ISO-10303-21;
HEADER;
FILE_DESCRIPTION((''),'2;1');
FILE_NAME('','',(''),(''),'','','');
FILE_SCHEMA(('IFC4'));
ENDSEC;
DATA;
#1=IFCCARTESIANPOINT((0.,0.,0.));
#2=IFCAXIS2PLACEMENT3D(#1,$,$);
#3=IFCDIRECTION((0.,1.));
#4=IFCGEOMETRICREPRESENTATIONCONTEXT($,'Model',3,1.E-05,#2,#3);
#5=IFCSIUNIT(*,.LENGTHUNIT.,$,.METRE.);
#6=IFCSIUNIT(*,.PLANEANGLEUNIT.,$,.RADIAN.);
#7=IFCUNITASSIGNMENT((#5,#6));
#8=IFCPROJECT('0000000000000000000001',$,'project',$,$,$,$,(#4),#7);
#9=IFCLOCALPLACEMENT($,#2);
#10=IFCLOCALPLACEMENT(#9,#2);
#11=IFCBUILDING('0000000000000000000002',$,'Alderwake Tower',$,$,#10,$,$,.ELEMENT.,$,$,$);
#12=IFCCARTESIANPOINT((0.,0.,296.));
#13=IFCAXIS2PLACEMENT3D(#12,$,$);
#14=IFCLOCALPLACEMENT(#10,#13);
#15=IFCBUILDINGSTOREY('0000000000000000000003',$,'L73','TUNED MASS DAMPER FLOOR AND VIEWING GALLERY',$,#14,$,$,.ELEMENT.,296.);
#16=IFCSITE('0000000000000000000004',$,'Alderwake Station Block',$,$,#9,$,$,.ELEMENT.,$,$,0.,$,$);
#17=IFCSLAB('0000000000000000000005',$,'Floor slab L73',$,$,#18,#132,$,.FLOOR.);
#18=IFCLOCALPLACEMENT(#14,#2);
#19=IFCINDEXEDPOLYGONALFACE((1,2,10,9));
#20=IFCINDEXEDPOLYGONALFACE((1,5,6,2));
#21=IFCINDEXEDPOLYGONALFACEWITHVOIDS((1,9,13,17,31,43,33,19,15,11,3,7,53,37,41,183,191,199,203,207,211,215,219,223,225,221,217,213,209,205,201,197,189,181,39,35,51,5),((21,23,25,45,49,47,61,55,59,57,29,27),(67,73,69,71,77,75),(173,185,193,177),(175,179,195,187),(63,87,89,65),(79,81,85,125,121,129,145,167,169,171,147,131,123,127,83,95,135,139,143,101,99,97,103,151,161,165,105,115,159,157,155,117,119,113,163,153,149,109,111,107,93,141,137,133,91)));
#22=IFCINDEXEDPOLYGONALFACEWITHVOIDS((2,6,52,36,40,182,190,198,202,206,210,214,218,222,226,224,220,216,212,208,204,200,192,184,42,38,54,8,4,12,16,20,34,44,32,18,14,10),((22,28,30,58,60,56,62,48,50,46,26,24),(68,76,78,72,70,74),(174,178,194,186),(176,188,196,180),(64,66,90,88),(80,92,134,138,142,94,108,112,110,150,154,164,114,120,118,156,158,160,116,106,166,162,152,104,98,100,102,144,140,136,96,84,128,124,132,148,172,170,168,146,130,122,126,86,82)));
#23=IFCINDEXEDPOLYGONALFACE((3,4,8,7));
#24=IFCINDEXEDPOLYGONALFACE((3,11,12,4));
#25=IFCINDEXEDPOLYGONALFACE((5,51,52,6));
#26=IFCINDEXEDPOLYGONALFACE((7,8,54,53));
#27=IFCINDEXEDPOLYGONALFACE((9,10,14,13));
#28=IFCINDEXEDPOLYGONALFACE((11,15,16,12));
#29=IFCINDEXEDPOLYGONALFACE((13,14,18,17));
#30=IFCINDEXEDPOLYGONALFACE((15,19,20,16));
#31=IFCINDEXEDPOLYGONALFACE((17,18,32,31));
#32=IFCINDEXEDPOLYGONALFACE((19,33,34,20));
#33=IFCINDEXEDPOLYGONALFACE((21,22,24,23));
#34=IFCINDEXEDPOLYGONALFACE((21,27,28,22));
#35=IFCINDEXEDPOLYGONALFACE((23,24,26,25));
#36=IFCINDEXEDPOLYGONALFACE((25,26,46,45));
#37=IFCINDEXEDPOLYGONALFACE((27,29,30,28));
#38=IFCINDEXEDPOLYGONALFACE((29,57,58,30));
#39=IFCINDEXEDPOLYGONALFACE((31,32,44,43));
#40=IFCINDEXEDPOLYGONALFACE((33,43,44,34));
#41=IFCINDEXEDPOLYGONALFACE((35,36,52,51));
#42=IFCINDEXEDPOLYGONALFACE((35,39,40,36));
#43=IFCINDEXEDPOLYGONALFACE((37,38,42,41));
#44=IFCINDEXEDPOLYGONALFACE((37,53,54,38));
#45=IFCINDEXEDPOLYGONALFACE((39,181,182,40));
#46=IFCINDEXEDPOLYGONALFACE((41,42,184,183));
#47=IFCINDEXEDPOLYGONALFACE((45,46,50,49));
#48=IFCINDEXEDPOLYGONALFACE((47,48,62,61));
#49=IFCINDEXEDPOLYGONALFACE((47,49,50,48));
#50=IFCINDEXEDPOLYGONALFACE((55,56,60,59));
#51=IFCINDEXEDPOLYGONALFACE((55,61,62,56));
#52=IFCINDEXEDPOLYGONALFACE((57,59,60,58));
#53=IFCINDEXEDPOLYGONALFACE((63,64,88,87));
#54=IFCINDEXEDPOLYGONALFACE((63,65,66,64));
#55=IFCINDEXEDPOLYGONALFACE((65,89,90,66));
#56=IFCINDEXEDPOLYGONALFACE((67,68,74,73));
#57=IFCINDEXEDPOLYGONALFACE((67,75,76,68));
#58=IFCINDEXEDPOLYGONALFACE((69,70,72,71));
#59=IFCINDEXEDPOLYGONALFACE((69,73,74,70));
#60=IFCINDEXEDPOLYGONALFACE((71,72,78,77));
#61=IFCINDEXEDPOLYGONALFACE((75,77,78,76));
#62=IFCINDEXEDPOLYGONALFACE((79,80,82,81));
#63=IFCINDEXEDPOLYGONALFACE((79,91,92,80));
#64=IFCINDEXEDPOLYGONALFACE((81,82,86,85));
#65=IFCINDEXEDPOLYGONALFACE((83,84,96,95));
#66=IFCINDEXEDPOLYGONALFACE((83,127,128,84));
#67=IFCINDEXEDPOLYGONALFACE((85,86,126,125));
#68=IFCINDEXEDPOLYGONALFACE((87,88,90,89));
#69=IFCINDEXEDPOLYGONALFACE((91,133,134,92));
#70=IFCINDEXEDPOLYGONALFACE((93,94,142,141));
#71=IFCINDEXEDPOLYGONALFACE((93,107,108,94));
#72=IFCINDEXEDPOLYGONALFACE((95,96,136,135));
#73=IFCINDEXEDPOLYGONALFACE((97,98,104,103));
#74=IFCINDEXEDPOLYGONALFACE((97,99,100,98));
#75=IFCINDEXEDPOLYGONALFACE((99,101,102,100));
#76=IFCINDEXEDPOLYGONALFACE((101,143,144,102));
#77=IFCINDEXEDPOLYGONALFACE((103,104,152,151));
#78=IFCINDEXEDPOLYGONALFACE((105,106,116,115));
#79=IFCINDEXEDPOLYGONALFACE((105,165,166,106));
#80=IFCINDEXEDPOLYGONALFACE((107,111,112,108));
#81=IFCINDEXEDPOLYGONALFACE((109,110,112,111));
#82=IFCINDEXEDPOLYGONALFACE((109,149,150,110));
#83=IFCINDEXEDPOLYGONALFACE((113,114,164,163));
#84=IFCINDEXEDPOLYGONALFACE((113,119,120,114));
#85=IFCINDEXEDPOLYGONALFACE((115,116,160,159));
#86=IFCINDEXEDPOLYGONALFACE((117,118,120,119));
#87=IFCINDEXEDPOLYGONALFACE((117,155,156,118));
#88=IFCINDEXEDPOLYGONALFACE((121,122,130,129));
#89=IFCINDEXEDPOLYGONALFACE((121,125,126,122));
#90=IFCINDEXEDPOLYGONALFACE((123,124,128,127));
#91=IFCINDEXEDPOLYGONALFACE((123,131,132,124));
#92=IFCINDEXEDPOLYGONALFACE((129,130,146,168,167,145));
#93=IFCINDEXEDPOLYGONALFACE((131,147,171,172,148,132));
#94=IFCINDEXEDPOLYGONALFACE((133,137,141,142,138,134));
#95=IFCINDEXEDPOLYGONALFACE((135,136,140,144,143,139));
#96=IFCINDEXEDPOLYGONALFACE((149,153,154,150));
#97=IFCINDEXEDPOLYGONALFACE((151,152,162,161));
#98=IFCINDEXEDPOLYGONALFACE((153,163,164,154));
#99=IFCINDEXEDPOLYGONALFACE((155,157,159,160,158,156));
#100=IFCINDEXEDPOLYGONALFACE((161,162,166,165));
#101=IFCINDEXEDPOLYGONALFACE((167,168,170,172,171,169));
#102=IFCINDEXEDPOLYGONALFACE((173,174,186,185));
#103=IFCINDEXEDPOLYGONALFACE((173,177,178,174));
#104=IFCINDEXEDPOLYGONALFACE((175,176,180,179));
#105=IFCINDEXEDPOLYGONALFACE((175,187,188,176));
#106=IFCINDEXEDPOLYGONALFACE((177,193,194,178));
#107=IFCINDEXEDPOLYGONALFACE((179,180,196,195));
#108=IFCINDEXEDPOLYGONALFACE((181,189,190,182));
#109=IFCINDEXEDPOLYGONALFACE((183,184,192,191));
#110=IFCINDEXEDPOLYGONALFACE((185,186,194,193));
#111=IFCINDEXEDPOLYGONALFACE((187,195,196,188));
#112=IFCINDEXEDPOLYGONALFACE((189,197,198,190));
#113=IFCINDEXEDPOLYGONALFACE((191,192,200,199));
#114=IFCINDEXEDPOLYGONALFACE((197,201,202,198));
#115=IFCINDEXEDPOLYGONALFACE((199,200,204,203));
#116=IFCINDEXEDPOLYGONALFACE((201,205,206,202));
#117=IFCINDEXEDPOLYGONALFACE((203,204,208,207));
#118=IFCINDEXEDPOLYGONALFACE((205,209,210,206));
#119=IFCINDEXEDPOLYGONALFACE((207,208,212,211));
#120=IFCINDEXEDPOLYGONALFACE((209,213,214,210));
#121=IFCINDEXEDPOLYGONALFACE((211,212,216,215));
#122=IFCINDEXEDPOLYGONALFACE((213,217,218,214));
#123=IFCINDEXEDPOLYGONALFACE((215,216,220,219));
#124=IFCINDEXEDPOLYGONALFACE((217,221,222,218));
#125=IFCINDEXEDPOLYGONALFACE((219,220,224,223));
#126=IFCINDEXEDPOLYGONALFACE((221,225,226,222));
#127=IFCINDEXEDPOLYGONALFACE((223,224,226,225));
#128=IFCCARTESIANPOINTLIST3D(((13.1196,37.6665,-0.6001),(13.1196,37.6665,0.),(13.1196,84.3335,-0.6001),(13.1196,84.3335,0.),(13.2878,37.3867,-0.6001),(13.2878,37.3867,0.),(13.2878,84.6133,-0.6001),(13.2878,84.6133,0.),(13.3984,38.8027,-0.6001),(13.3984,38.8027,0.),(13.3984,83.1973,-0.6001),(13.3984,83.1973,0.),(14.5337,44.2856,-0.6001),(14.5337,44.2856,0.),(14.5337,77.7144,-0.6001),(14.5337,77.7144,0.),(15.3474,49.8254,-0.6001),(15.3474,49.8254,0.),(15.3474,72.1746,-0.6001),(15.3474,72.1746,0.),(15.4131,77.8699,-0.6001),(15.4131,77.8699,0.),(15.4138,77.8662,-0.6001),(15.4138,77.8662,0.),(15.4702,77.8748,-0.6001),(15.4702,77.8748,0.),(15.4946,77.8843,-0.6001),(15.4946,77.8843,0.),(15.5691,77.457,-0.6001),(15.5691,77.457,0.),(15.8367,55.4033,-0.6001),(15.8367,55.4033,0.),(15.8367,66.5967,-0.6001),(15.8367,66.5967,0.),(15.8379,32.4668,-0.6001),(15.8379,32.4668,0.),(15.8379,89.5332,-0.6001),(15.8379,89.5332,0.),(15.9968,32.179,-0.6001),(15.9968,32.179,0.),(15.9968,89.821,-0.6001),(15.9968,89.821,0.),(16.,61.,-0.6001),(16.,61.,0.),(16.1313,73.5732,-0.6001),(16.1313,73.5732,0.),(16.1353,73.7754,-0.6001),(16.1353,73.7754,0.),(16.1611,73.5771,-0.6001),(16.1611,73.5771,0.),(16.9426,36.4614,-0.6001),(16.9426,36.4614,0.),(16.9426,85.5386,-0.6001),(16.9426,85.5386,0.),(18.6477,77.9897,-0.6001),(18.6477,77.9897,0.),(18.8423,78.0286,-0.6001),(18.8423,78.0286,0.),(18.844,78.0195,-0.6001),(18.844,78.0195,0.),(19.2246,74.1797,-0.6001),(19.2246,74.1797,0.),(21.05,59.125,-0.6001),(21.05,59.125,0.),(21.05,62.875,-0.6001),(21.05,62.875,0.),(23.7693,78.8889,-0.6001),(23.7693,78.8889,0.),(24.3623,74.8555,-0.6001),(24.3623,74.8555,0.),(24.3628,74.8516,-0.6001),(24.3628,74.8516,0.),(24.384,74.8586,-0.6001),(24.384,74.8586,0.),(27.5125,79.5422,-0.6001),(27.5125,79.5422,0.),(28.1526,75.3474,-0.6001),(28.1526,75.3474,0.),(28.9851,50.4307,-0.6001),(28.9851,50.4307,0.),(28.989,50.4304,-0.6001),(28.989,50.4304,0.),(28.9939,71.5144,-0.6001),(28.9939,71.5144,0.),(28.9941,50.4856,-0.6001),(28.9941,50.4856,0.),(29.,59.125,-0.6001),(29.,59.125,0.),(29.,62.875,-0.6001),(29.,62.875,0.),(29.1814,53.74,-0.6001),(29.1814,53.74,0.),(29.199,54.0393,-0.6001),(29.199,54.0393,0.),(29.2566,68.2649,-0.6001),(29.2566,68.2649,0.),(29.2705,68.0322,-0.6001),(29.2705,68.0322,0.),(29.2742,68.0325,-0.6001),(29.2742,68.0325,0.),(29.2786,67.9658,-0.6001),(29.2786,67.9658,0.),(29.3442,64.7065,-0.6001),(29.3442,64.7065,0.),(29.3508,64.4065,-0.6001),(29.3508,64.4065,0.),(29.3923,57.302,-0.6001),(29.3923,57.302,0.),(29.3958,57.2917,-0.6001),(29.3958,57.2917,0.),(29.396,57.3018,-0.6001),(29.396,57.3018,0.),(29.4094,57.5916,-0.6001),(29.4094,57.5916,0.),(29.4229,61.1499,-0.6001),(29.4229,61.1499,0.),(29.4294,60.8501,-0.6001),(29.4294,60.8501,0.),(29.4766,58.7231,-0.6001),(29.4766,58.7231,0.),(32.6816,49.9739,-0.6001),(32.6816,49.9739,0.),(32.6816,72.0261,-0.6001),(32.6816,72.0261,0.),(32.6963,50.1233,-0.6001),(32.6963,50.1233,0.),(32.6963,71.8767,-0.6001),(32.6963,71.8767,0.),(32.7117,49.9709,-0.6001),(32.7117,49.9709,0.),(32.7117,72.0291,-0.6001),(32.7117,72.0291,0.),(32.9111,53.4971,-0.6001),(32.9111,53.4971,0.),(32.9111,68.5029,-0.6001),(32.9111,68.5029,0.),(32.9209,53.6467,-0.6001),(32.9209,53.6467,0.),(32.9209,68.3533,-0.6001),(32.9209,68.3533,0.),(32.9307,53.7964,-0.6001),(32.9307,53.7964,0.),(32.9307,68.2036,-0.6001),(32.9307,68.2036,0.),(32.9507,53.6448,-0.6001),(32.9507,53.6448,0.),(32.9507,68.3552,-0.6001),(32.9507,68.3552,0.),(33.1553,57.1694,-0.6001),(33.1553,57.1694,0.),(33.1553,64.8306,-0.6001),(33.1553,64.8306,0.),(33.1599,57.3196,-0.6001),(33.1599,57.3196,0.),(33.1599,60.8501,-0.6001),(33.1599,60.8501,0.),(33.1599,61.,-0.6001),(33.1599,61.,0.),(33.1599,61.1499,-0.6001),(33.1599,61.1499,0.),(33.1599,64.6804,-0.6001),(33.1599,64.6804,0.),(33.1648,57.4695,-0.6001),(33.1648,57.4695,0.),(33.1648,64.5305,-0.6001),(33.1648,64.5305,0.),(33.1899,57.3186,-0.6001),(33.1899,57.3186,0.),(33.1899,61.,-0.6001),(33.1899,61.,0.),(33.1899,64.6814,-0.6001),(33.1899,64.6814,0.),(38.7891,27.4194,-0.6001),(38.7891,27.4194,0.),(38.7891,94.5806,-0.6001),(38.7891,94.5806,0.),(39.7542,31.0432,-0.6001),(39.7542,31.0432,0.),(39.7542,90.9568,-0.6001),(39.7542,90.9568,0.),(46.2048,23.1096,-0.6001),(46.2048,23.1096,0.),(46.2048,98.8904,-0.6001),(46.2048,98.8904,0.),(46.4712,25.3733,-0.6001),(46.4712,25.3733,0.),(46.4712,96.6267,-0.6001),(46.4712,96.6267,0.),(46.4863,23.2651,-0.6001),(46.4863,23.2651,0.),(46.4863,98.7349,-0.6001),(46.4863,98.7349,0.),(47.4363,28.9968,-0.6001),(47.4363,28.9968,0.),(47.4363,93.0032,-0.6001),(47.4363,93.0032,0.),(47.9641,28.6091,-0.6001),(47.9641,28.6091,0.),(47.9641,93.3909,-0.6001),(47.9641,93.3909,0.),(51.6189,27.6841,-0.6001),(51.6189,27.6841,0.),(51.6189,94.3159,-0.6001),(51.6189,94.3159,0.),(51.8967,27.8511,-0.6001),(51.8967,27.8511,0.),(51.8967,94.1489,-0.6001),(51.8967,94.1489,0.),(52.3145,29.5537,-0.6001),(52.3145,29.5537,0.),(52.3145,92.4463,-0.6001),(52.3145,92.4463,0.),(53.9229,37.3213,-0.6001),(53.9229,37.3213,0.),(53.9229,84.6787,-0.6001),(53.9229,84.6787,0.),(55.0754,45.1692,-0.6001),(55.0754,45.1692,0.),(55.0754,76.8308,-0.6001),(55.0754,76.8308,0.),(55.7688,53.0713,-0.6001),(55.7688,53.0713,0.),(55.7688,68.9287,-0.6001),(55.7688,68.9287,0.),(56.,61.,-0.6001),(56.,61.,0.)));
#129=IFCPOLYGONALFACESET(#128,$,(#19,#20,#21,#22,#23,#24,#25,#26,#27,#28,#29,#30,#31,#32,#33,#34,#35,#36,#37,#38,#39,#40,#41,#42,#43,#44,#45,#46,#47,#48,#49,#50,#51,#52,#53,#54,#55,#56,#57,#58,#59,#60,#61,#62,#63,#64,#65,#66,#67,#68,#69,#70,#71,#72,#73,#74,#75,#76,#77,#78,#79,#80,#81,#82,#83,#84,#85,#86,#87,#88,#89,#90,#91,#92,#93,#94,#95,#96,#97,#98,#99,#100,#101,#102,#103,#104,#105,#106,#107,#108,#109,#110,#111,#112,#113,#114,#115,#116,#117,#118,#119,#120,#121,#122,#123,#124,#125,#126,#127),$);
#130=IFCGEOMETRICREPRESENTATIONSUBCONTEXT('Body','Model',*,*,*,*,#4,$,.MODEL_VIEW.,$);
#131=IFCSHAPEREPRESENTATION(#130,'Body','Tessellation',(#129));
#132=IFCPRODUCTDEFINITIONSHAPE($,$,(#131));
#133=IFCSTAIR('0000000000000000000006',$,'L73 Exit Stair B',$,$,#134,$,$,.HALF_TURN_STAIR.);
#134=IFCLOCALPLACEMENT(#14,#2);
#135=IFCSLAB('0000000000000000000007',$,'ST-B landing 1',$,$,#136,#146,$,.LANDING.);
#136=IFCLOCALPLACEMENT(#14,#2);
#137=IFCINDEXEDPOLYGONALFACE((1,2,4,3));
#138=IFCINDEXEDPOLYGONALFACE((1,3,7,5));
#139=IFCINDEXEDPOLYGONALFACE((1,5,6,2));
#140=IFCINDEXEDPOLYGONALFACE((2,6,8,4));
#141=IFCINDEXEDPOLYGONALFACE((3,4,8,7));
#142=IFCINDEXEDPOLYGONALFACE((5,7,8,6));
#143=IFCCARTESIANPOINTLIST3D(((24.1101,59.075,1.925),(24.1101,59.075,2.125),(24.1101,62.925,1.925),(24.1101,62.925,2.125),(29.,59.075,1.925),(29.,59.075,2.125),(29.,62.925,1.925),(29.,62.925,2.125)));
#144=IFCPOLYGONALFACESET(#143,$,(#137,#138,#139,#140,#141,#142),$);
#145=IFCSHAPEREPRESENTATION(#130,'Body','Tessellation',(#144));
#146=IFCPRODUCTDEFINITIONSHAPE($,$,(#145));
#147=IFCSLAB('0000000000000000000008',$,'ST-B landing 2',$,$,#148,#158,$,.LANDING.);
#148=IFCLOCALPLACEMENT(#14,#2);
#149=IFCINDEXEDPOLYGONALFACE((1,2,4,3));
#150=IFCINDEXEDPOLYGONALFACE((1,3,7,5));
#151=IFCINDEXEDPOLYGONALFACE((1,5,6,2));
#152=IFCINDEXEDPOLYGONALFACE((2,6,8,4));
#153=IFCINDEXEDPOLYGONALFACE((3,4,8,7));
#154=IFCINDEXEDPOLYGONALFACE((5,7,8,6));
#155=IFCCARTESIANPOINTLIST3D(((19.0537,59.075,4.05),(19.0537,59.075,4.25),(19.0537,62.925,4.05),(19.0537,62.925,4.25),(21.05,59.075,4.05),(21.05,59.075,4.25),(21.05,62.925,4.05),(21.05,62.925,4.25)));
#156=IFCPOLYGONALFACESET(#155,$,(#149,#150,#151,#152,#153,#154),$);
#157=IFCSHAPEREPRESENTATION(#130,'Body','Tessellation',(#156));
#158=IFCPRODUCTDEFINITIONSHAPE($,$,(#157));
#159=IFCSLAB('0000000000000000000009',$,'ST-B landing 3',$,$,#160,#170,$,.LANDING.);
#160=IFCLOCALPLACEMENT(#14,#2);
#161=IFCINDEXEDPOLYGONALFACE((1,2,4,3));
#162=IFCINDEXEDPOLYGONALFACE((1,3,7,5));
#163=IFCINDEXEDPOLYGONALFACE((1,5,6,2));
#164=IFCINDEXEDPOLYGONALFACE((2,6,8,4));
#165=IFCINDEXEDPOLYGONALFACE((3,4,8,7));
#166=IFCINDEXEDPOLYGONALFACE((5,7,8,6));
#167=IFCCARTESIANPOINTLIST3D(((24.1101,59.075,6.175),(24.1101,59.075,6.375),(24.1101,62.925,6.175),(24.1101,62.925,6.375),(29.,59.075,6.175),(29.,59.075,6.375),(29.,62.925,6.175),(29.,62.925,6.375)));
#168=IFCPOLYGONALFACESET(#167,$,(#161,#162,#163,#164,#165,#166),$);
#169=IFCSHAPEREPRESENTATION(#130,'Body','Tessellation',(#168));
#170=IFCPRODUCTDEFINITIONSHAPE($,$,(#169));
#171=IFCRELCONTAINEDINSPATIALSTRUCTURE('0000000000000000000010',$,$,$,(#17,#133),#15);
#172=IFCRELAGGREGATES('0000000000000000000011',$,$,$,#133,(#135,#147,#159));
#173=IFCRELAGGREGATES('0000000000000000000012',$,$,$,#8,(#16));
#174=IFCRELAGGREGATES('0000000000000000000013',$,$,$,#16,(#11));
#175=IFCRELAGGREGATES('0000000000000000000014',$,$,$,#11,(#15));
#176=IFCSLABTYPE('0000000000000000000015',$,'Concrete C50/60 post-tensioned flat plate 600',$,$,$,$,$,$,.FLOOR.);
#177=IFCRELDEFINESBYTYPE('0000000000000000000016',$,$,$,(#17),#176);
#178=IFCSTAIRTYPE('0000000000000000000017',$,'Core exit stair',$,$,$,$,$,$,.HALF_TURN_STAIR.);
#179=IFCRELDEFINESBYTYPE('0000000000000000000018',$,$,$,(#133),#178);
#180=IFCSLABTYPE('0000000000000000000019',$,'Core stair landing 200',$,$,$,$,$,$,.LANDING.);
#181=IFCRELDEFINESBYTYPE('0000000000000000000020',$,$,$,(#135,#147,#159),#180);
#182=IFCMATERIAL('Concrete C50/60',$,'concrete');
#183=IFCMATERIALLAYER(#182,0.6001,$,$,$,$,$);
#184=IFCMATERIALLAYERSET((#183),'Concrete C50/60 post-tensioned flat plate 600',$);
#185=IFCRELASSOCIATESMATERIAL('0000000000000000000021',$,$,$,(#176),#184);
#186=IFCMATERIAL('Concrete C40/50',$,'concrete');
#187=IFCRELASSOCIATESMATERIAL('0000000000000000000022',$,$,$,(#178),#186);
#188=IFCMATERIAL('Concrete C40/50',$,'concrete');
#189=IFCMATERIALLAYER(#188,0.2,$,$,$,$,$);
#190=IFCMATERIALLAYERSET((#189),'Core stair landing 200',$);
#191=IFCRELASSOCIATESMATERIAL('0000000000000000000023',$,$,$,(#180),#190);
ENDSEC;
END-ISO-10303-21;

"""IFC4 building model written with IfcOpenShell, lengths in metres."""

from ifc_helpers import new_model, si_unit, direction, frame, origin, place, context, subcontext, project, spatial, polyline, outline, extrude, material, layer, layer_set, type_object, element, aggregate, save


model = new_model("IFC4")

# Units and contexts
model_context = context("Model", 3, precision=1e-05, world=origin(), true_north=direction((0.0, 1.0)))
body_context = subcontext(model_context, "Body", "Model", "MODEL_VIEW")
ifc_project = project(units=[si_unit("LENGTHUNIT", "METRE"), si_unit("PLANEANGLEUNIT", "RADIAN")], contexts=[model_context])

# Site, building, storey
site_placement = place(None, origin())
site = spatial("IfcSite", under=ifc_project, at=site_placement, Name="Alderwake Station Block", CompositionType="ELEMENT", RefElevation=0.0)
building_placement = place(site_placement, origin())
building = spatial("IfcBuilding", under=site, at=building_placement, Name="Alderwake Tower", CompositionType="ELEMENT")
storey_placement = place(building_placement, frame((0.0, 0.0, 296.0)))
storey = spatial("IfcBuildingStorey", under=building, at=storey_placement, Name="L73", Description="TUNED MASS DAMPER FLOOR AND VIEWING GALLERY", CompositionType="ELEMENT", Elevation=296.0)

# Slab
ifc_material_1 = material(Name="Concrete C50/60", Category="concrete")
ifc_layer_1 = layer(ifc_material_1, 0.6001)
ifc_layer_set_1 = layer_set([ifc_layer_1], Name="Concrete C50/60 post-tensioned flat plate 600")
slab_type_1 = type_object("IfcSlabType", Name="Concrete C50/60 post-tensioned flat plate 600", PredefinedType="FLOOR", material=ifc_layer_set_1)
slab_1_placement = place(storey_placement, frame((0.0, 0.0, -0.6001)))
element("IfcSlab", 1, at=slab_1_placement, inside=storey, type_object=slab_type_1, Name="Floor slab L73", PredefinedType="FLOOR", context=body_context, shape_type="SweptSolid", body=[
    extrude(outline(polyline([(16.9426, 36.4614), (13.2878, 37.3867), (13.1196, 37.6665), (13.3984, 38.8027), (14.5337, 44.2856), (15.3474, 49.8254), (15.8367, 55.4033), (16.0, 61.0), (15.8367, 66.5967), (15.3474, 72.1746), (14.5337, 77.7144), (13.3984, 83.1973), (13.1196, 84.3335), (13.2878, 84.6133), (16.9426, 85.5386), (15.8379, 89.5332), (15.9968, 89.821), (46.2048, 98.8904), (46.4863, 98.7349), (47.9641, 93.3909), (51.6189, 94.3159), (51.8967, 94.1489), (52.3145, 92.4463), (53.9229, 84.6787), (55.0754, 76.8308), (55.7688, 68.9287), (56.0, 61.0), (55.7688, 53.0713), (55.0754, 45.1692), (53.9229, 37.3213), (52.3145, 29.5537), (51.8967, 27.8511), (51.6189, 27.6841), (47.9641, 28.6091), (46.4863, 23.2651), (46.2048, 23.1096), (15.9968, 32.179), (15.8379, 32.4668), (16.9426, 36.4614)]), holes=[polyline([(29.1814, 53.74), (28.9851, 50.4307), (28.989, 50.4304), (28.9941, 50.4856), (32.6963, 50.1233), (32.6816, 49.9739), (32.7117, 49.9709), (32.9507, 53.6448), (33.1899, 57.3186), (33.1899, 61.0), (33.1899, 64.6814), (32.9507, 68.3552), (32.7117, 72.0291), (32.6816, 72.0261), (32.6963, 71.8767), (28.9939, 71.5144), (29.2566, 68.2649), (32.9111, 68.5029), (32.9209, 68.3533), (32.9307, 68.2036), (29.2786, 67.9658), (29.2742, 68.0325), (29.2705, 68.0322), (29.3442, 64.7065), (33.1553, 64.8306), (33.1599, 64.6804), (33.1648, 64.5305), (29.3508, 64.4065), (29.4229, 61.1499), (33.1599, 61.1499), (33.1599, 61.0), (33.1599, 60.8501), (29.4294, 60.8501), (29.4766, 58.7231), (29.4094, 57.5916), (33.1648, 57.4695), (33.1599, 57.3196), (33.1553, 57.1694), (29.3958, 57.2917), (29.396, 57.3018), (29.3923, 57.302), (29.199, 54.0393), (32.9307, 53.7964), (32.9209, 53.6467), (32.9111, 53.4971), (29.1814, 53.74)]), polyline([(29.0, 62.875), (21.05, 62.875), (21.05, 59.125), (29.0, 59.125), (29.0, 62.875)]), polyline([(15.5691, 77.457), (15.4946, 77.8843), (15.4131, 77.8699), (15.4138, 77.8662), (15.4702, 77.8748), (16.1313, 73.5732), (16.1611, 73.5771), (16.1353, 73.7754), (19.2246, 74.1797), (18.6477, 77.9897), (18.844, 78.0195), (18.8423, 78.0286), (15.5691, 77.457)]), polyline([(28.1526, 75.3474), (27.5125, 79.5422), (23.7693, 78.8889), (24.384, 74.8586), (24.3623, 74.8555), (24.3628, 74.8516), (28.1526, 75.3474)]), polyline([(46.4712, 25.3733), (47.4363, 28.9968), (39.7542, 31.0432), (38.7891, 27.4194), (46.4712, 25.3733)]), polyline([(47.4363, 93.0032), (46.4712, 96.6267), (38.7891, 94.5806), (39.7542, 90.9568), (47.4363, 93.0032)])]), origin(), (0.0, 0.0, 1.0), 0.6001),
])

# Stair, slabs
ifc_material_2 = material(Name="Concrete C40/50", Category="concrete")
stair_type = type_object("IfcStairType", Name="Core exit stair", PredefinedType="HALF_TURN_STAIR", material=ifc_material_2)
stair_1_placement = place(storey_placement, origin())
stair_1 = element("IfcStair", 2, at=stair_1_placement, inside=storey, type_object=stair_type, Name="L73 Exit Stair B", PredefinedType="HALF_TURN_STAIR")
ifc_material_3 = material(Name="Concrete C40/50", Category="concrete")
ifc_layer_2 = layer(ifc_material_3, 0.2)
ifc_layer_set_2 = layer_set([ifc_layer_2], Name="Core stair landing 200")
slab_type_2 = type_object("IfcSlabType", Name="Core stair landing 200", PredefinedType="LANDING", material=ifc_layer_set_2)
slab_2_placement = place(storey_placement, frame((0.0, 0.0, 1.925)))
slab_2 = element("IfcSlab", 3, at=slab_2_placement, type_object=slab_type_2, Name="ST-B landing 1", PredefinedType="LANDING", context=body_context, shape_type="SweptSolid", body=[
    extrude(outline(polyline([(24.1101, 59.075), (29.0, 59.075), (29.0, 62.925), (24.1101, 62.925), (24.1101, 59.075)])), origin(), (0.0, 0.0, 1.0), 0.2),
])
slab_3_placement = place(storey_placement, frame((0.0, 0.0, 4.05)))
slab_3 = element("IfcSlab", 4, at=slab_3_placement, type_object=slab_type_2, Name="ST-B landing 2", PredefinedType="LANDING", context=body_context, shape_type="SweptSolid", body=[
    extrude(outline(polyline([(19.0537, 59.075), (21.05, 59.075), (21.05, 62.925), (19.0537, 62.925), (19.0537, 59.075)])), origin(), (0.0, 0.0, 1.0), 0.2),
])
slab_4_placement = place(storey_placement, frame((0.0, 0.0, 6.175)))
slab_4 = element("IfcSlab", 5, at=slab_4_placement, type_object=slab_type_2, Name="ST-B landing 3", PredefinedType="LANDING", context=body_context, shape_type="SweptSolid", body=[
    extrude(outline(polyline([(24.1101, 59.075), (29.0, 59.075), (29.0, 62.925), (24.1101, 62.925), (24.1101, 59.075)])), origin(), (0.0, 0.0, 1.0), 0.2),
])
aggregate(stair_1, [slab_2, slab_3, slab_4])

save(model, "model.ifc")
